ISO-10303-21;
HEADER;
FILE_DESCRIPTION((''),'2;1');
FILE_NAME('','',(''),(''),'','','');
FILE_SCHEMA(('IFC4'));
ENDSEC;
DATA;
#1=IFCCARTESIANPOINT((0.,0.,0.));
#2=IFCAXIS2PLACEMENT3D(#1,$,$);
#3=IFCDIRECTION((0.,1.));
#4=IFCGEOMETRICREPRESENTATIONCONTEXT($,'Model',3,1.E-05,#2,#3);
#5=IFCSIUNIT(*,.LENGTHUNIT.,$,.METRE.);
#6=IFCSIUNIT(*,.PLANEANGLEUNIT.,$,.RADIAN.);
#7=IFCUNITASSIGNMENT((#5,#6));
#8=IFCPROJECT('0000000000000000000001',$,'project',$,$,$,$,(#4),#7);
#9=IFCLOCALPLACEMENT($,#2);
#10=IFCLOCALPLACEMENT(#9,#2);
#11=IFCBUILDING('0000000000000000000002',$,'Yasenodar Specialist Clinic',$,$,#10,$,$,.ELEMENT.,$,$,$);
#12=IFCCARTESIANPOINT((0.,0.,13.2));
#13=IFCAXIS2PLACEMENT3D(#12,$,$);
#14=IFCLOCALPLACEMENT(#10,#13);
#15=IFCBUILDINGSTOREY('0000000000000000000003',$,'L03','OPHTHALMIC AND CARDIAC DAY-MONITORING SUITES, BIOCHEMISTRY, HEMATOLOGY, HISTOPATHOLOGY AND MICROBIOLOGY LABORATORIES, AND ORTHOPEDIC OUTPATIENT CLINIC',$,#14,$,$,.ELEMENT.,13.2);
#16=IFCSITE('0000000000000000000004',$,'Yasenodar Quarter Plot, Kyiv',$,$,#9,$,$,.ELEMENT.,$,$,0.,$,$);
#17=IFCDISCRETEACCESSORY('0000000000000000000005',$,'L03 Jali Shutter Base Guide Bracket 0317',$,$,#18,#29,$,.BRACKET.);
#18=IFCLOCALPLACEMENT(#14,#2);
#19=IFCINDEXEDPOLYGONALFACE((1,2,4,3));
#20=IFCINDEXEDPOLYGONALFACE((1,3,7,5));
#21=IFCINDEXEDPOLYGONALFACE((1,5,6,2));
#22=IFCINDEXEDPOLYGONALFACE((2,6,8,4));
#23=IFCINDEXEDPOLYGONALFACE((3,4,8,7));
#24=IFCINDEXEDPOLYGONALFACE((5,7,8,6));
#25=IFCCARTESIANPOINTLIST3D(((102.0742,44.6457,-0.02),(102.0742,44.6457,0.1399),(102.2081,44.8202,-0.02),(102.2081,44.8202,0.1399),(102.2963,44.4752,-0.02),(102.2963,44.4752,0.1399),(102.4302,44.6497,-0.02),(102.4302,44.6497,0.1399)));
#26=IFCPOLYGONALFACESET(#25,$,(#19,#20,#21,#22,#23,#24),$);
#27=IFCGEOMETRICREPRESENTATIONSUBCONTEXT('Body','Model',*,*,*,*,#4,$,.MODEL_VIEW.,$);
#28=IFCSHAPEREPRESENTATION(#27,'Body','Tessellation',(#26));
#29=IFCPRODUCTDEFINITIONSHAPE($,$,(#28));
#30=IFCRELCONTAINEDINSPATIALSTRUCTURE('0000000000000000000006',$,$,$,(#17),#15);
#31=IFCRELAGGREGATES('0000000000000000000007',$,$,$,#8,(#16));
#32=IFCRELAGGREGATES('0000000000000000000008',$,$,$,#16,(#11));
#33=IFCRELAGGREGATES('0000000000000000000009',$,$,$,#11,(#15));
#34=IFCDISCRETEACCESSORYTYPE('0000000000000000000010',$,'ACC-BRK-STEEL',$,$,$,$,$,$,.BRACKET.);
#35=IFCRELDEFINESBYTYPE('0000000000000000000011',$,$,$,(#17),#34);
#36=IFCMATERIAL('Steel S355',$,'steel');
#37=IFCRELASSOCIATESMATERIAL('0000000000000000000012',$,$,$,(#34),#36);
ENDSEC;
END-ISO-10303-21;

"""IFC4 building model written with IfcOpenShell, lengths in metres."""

from ifc_helpers import new_model, si_unit, direction, frame, origin, origin_2d, place, context, subcontext, project, spatial, rectangle, extrude, material, type_object, element, save


model = new_model("IFC4")

# Units and contexts
model_context = context("Model", 3, precision=1e-05, world=origin(), true_north=direction((0.0, 1.0)))
body_context = subcontext(model_context, "Body", "Model", "MODEL_VIEW")
ifc_project = project(units=[si_unit("LENGTHUNIT", "METRE"), si_unit("PLANEANGLEUNIT", "RADIAN")], contexts=[model_context])

# Site, building, storey
site_placement = place(None, origin())
site = spatial("IfcSite", under=ifc_project, at=site_placement, Name="Yasenodar Quarter Plot, Kyiv", CompositionType="ELEMENT", RefElevation=0.0)
building_placement = place(site_placement, origin())
building = spatial("IfcBuilding", under=site, at=building_placement, Name="Yasenodar Specialist Clinic", CompositionType="ELEMENT")
storey_placement = place(building_placement, frame((0.0, 0.0, 13.2)))
storey = spatial("IfcBuildingStorey", under=building, at=storey_placement, Name="L03", Description="OPHTHALMIC AND CARDIAC DAY-MONITORING SUITES, BIOCHEMISTRY, HEMATOLOGY, HISTOPATHOLOGY AND MICROBIOLOGY LABORATORIES, AND ORTHOPEDIC OUTPATIENT CLINIC", CompositionType="ELEMENT", Elevation=13.2)

# Discrete accessory
ifc_material_1 = material(Name="Steel S355", Category="steel")
discrete_accessory_type = type_object("IfcDiscreteAccessoryType", Name="ACC-BRK-STEEL", PredefinedType="BRACKET", material=ifc_material_1)
for number, where, z_axis, x_axis, name in (
    (1, (102.2522, 44.6477, -0.02), (0.0, 0.0, 1.0), (0.608764, 0.793351, 0.0), "L03 Jali Shutter Base Guide Bracket 0317"),
):
    element("IfcDiscreteAccessory", number, at=place(storey_placement, frame(where, z_axis=z_axis, x_axis=x_axis)), inside=storey, type_object=discrete_accessory_type, Name=name, PredefinedType="BRACKET", context=body_context, shape_type="SweptSolid", body=[
        extrude(rectangle(XDim=0.22, YDim=0.28, at=origin_2d()), origin(), (0.0, 0.0, 1.0), 0.1599),
    ])

save(model, "model.ifc")
